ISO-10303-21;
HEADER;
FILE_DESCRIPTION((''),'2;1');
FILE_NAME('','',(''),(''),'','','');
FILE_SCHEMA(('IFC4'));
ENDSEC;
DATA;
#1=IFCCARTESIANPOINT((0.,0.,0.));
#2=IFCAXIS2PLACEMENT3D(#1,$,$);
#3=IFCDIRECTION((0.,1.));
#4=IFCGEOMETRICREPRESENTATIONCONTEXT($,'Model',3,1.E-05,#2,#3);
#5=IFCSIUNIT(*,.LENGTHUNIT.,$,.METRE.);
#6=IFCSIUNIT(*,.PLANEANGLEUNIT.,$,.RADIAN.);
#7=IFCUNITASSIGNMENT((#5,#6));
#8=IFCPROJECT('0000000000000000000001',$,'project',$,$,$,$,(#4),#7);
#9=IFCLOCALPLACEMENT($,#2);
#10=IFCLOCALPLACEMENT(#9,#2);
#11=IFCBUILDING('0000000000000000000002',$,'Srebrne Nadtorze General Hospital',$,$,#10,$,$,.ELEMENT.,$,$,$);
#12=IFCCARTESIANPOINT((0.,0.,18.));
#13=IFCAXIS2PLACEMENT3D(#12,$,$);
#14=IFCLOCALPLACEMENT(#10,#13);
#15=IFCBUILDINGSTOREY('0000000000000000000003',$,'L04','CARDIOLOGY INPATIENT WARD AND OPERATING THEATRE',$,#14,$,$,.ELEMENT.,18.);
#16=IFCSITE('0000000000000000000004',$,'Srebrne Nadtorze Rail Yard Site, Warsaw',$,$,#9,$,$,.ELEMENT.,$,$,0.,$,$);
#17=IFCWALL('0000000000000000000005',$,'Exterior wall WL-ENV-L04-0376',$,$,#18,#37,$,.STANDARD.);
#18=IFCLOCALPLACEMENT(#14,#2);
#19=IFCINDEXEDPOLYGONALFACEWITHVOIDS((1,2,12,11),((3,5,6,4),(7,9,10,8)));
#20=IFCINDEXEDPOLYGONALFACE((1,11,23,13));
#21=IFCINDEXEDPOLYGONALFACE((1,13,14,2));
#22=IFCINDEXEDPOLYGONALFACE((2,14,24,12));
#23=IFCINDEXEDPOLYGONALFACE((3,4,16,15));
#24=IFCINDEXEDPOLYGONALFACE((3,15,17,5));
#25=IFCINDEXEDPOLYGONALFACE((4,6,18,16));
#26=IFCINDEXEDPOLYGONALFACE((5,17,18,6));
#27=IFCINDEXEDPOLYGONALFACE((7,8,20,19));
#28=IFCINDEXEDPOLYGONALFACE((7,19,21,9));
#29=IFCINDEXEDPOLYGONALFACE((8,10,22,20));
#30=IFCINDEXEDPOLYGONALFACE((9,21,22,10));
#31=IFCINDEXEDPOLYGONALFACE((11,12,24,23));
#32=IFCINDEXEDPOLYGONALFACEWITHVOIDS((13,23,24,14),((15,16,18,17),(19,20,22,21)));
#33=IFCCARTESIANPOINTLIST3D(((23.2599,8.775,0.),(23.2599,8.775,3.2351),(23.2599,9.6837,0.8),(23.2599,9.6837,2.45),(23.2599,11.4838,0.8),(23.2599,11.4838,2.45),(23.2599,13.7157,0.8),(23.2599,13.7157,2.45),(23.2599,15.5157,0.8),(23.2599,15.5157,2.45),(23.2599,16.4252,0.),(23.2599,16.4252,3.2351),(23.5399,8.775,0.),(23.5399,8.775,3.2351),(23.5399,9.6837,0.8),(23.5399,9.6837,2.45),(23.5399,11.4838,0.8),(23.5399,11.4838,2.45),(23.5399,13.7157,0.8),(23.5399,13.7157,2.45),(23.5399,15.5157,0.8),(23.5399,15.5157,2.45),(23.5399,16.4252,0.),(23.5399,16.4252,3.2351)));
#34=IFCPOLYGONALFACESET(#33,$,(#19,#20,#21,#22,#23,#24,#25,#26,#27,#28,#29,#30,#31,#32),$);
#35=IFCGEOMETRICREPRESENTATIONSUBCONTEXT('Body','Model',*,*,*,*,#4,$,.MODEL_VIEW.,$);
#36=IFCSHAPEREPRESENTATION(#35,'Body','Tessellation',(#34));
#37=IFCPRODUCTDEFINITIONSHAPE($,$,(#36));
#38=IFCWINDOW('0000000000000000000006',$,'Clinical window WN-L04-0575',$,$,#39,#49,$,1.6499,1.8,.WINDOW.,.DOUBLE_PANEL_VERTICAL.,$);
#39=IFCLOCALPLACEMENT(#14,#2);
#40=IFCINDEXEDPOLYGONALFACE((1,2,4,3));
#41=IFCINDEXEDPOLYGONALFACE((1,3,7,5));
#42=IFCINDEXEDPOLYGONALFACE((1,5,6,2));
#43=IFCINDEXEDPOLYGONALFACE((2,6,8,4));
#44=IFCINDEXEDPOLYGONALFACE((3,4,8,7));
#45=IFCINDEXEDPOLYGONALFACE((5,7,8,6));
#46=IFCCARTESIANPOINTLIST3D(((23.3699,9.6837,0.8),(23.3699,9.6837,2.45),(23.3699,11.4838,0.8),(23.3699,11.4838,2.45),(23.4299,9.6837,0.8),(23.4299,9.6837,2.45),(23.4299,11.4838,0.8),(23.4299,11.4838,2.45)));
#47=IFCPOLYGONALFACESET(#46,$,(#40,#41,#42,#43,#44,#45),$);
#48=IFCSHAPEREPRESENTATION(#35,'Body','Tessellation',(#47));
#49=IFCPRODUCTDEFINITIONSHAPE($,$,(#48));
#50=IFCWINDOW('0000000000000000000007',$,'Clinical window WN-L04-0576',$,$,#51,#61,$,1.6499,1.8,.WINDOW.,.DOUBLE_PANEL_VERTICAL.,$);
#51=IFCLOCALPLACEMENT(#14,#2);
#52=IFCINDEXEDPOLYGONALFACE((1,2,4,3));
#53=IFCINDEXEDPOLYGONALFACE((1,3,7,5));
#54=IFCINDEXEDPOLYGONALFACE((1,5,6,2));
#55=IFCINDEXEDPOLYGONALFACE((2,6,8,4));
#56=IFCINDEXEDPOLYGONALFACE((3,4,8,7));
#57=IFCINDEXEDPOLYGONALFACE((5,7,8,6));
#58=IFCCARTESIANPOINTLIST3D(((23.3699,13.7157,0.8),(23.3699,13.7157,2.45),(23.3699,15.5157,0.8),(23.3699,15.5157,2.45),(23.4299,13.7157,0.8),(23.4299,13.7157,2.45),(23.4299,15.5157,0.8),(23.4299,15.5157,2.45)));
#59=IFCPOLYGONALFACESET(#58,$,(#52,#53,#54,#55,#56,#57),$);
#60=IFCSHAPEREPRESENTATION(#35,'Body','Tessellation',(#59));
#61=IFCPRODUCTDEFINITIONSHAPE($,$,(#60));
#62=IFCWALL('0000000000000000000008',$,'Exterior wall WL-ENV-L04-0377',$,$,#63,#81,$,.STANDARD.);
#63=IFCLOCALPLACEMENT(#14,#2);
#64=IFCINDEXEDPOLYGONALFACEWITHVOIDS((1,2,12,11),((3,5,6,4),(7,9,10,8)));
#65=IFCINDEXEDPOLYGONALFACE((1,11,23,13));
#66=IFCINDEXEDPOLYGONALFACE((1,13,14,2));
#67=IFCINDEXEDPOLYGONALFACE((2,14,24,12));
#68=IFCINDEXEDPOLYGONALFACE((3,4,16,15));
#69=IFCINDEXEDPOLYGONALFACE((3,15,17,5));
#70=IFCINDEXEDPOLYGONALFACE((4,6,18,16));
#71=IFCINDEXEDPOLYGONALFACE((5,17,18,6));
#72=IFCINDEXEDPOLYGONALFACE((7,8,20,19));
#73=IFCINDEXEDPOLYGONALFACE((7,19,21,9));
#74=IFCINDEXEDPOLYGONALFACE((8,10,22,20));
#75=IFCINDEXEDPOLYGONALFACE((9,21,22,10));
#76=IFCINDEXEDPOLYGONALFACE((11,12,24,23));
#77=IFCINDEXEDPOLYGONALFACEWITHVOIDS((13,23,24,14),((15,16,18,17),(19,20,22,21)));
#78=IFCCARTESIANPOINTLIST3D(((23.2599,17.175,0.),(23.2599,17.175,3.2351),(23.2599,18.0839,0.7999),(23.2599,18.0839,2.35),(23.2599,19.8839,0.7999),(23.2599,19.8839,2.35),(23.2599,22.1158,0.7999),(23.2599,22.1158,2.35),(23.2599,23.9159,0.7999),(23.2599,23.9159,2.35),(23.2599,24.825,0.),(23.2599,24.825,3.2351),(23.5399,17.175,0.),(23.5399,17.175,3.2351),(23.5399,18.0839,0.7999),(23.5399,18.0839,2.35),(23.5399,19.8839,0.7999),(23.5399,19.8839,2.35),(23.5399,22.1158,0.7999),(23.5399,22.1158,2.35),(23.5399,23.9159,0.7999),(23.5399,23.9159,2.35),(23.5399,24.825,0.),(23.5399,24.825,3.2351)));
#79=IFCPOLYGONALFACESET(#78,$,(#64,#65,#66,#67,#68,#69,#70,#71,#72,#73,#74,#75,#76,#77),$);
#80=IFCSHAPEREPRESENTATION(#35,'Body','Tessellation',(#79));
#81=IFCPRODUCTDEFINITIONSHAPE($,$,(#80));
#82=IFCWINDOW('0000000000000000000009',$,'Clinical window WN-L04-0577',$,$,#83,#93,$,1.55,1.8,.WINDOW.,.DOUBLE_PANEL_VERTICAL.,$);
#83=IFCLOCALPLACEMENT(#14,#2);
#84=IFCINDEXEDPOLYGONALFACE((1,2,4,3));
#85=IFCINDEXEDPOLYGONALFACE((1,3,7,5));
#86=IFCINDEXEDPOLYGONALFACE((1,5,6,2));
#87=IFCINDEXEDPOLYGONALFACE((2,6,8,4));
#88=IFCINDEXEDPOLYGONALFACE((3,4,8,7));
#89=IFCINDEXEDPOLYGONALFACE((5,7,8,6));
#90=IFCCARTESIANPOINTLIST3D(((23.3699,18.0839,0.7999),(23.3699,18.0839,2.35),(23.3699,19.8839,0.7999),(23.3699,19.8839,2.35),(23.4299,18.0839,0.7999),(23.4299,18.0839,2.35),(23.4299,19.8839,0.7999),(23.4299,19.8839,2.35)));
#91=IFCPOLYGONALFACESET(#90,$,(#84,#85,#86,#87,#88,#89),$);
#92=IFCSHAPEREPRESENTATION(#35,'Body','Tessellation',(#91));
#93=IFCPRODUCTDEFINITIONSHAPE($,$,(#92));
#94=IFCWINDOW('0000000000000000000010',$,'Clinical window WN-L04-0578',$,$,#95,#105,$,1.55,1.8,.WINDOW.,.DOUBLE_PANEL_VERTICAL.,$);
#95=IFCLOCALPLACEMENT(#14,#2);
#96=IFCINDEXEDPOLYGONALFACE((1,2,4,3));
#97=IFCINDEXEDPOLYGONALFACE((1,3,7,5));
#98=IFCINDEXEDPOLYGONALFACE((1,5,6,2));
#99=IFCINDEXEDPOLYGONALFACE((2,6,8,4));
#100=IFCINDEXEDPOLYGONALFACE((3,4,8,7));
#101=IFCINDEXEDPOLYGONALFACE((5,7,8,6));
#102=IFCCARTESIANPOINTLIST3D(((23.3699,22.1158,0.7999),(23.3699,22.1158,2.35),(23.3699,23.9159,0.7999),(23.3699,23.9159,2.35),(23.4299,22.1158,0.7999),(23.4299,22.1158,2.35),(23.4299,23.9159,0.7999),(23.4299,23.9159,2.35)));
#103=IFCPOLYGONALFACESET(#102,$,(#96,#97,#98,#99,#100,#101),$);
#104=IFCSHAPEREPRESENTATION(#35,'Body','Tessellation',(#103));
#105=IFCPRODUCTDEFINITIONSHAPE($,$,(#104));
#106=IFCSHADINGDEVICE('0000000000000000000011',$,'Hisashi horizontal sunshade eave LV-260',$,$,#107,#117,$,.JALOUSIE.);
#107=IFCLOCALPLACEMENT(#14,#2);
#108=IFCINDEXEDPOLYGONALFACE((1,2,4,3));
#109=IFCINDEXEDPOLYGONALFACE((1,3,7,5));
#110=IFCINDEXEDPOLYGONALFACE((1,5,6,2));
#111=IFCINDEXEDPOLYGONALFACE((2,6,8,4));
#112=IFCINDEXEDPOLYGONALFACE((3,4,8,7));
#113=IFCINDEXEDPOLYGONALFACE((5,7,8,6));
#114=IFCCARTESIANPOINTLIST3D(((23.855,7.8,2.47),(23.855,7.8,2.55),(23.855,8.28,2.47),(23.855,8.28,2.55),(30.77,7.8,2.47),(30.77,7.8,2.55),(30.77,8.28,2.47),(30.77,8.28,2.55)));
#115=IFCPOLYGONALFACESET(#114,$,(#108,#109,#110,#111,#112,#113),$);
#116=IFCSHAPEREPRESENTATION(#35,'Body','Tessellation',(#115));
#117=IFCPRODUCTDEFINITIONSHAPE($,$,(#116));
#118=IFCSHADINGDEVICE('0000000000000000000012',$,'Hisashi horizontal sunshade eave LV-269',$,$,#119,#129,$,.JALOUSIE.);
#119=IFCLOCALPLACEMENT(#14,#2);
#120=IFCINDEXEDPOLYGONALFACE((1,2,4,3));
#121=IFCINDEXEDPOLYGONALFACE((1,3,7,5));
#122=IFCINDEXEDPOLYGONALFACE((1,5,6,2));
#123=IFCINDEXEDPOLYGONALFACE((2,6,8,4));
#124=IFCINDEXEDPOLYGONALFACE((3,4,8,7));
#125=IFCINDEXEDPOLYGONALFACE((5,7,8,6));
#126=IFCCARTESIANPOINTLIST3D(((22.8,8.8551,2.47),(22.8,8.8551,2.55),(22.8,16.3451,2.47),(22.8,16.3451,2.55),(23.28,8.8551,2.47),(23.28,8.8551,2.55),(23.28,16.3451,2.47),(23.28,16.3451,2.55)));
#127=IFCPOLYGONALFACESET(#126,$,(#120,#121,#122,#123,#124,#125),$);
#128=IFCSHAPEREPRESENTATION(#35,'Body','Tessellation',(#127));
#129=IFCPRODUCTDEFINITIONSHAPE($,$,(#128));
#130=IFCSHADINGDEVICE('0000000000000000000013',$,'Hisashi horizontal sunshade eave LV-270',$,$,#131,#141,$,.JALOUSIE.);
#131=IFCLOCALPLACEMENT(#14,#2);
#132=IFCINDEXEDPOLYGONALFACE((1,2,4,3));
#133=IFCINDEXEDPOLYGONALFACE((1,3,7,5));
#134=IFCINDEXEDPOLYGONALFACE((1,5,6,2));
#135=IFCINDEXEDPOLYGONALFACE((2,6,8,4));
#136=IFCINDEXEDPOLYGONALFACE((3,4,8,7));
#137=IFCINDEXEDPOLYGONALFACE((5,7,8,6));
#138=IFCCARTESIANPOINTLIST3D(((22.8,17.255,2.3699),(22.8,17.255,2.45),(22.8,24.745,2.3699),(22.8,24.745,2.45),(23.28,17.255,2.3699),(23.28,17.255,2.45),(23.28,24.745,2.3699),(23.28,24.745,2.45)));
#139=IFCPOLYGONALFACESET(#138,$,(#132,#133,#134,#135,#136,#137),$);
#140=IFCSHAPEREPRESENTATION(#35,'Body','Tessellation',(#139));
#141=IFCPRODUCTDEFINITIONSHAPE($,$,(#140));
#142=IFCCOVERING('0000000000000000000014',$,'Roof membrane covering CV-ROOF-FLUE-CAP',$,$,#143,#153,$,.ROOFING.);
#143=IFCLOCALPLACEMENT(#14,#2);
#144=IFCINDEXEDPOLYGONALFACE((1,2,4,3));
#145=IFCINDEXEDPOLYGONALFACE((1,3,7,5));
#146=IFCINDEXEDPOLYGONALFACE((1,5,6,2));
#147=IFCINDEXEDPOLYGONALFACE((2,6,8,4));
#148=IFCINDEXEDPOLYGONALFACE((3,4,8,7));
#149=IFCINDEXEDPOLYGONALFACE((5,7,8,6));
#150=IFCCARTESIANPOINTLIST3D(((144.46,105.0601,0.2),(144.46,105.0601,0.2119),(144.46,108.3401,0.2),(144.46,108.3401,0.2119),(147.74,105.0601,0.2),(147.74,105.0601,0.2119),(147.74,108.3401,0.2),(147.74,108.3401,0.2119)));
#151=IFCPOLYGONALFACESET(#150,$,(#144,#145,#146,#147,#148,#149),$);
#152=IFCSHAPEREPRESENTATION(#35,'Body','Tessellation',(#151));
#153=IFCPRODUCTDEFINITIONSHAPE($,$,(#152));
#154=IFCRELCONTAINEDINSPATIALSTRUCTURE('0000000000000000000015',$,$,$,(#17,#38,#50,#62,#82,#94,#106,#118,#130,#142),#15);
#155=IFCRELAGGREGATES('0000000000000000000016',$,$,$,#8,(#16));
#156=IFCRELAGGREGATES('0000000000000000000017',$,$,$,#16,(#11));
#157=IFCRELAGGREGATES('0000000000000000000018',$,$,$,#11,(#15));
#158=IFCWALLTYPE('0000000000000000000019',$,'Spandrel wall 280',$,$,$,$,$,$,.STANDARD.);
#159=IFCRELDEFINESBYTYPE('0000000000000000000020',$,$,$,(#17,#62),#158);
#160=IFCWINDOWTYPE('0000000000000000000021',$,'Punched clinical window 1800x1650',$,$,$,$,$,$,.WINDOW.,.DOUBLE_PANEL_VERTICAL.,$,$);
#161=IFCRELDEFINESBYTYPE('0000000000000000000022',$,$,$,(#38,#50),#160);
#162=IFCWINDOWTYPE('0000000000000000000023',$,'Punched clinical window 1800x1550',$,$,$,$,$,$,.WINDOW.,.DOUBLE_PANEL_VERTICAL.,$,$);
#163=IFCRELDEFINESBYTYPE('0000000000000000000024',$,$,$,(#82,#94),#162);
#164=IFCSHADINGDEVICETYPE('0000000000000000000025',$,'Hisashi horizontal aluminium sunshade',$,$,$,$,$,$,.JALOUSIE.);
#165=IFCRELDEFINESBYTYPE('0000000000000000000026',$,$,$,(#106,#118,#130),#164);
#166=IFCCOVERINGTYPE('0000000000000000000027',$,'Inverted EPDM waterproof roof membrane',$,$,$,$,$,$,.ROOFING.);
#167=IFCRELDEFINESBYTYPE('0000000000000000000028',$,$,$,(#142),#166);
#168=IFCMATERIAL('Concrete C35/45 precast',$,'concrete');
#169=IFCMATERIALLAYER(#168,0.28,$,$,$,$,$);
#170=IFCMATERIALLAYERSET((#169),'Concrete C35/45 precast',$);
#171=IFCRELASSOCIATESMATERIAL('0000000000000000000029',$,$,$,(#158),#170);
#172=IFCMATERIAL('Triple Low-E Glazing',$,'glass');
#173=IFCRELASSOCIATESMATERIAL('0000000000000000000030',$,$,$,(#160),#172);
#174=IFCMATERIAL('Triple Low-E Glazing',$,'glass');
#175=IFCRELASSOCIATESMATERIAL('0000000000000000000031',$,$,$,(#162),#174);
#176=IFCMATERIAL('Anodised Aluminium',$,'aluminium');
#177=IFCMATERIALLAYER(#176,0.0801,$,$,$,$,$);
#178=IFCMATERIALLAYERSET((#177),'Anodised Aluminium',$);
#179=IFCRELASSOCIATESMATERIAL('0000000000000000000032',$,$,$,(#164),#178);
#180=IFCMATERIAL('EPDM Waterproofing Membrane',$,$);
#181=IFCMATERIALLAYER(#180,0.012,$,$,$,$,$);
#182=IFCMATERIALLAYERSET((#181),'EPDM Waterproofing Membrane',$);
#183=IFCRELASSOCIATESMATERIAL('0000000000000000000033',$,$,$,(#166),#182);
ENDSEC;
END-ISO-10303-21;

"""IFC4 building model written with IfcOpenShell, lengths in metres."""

from ifc_helpers import new_model, si_unit, direction, frame, frame_2d, origin, origin_2d, place, context, subcontext, project, spatial, polyline, rectangle, outline, extrude, material, layer, layer_set, type_object, element, fill, save


model = new_model("IFC4")

# Units and contexts
model_context = context("Model", 3, precision=1e-05, world=origin(), true_north=direction((0.0, 1.0)))
body_context = subcontext(model_context, "Body", "Model", "MODEL_VIEW")
ifc_project = project(units=[si_unit("LENGTHUNIT", "METRE"), si_unit("PLANEANGLEUNIT", "RADIAN")], contexts=[model_context])

# Site, building, storey
site_placement = place(None, origin())
site = spatial("IfcSite", under=ifc_project, at=site_placement, Name="Srebrne Nadtorze Rail Yard Site, Warsaw", CompositionType="ELEMENT", RefElevation=0.0)
building_placement = place(site_placement, origin())
building = spatial("IfcBuilding", under=site, at=building_placement, Name="Srebrne Nadtorze General Hospital", CompositionType="ELEMENT")
storey_placement = place(building_placement, frame((0.0, 0.0, 18.0)))
storey = spatial("IfcBuildingStorey", under=building, at=storey_placement, Name="L04", Description="CARDIOLOGY INPATIENT WARD AND OPERATING THEATRE", CompositionType="ELEMENT", Elevation=18.0)

# Walls, openings, windows
ifc_material_1 = material(Name="Concrete C35/45 precast", Category="concrete")
ifc_layer_1 = layer(ifc_material_1, 0.28)
ifc_layer_set_1 = layer_set([ifc_layer_1], Name="Concrete C35/45 precast")
wall_type = type_object("IfcWallType", Name="Spandrel wall 280", PredefinedType="STANDARD", material=ifc_layer_set_1)
ifc_material_2 = material(Name="Triple Low-E Glazing", Category="glass")
window_type_1 = type_object("IfcWindowType", Name="Punched clinical window 1800x1650", PartitioningType="DOUBLE_PANEL_VERTICAL", PredefinedType="WINDOW", material=ifc_material_2)
wall_1_placement = place(storey_placement, frame((23.3999, 8.7749, 0.0), z_axis=(0.0, 0.0, 1.0), x_axis=(0.0, 1.0, 0.0)))
wall_1 = element("IfcWall", 1, at=wall_1_placement, inside=storey, type_object=wall_type, Name="Exterior wall WL-ENV-L04-0376", PredefinedType="STANDARD", context=body_context, shape_type="SweptSolid", body=[
    extrude(rectangle(XDim=7.6501, YDim=0.28, at=frame_2d((3.8252, 0.0))), origin(), (0.0, 0.0, 1.0), 3.2351),
])
opening_1_placement = place(wall_1_placement, frame((0.9089, 0.0, 0.8)))
opening_1 = element("IfcOpeningElement", 2, at=opening_1_placement, cuts=wall_1, PredefinedType="OPENING", context=body_context, shape_type="SweptSolid", body=[
    extrude(rectangle(XDim=1.8, YDim=1.6499, at=frame_2d((0.8999, 0.825))), frame((0.0, 0.1519, 0.0), z_axis=(0.0, -1.0, 0.0), x_axis=(1.0, 0.0, 0.0)), (0.0, 0.0, 1.0), 0.304),
])
opening_2_placement = place(wall_1_placement, frame((4.9409, 0.0, 0.8)))
opening_2 = element("IfcOpeningElement", 3, at=opening_2_placement, cuts=wall_1, PredefinedType="OPENING", context=body_context, shape_type="SweptSolid", body=[
    extrude(rectangle(XDim=1.8, YDim=1.6499, at=frame_2d((0.8999, 0.825))), frame((0.0, 0.1519, 0.0), z_axis=(0.0, -1.0, 0.0), x_axis=(1.0, 0.0, 0.0)), (0.0, 0.0, 1.0), 0.304),
])
window_1_placement = place(opening_1_placement, origin())
window_1 = element("IfcWindow", 4, at=window_1_placement, inside=storey, type_object=window_type_1, Name="Clinical window WN-L04-0575", OverallHeight=1.6499, OverallWidth=1.8, PartitioningType="DOUBLE_PANEL_VERTICAL", PredefinedType="WINDOW", context=body_context, shape_type="SweptSolid", body=[
    extrude(rectangle(XDim=1.8, YDim=1.6499, at=frame_2d((0.8999, 0.825))), frame((0.0, 0.03, 0.0), z_axis=(0.0, -1.0, 0.0), x_axis=(1.0, 0.0, 0.0)), (0.0, 0.0, 1.0), 0.0601),
])
fill(opening_1, window_1)
window_2_placement = place(opening_2_placement, origin())
window_2 = element("IfcWindow", 5, at=window_2_placement, inside=storey, type_object=window_type_1, Name="Clinical window WN-L04-0576", OverallHeight=1.6499, OverallWidth=1.8, PartitioningType="DOUBLE_PANEL_VERTICAL", PredefinedType="WINDOW", context=body_context, shape_type="SweptSolid", body=[
    extrude(rectangle(XDim=1.8, YDim=1.6499, at=frame_2d((0.8999, 0.825))), frame((0.0, 0.03, 0.0), z_axis=(0.0, -1.0, 0.0), x_axis=(1.0, 0.0, 0.0)), (0.0, 0.0, 1.0), 0.0601),
])
fill(opening_2, window_2)
wall_2_placement = place(storey_placement, frame((23.3999, 17.175, 0.0), z_axis=(0.0, 0.0, 1.0), x_axis=(0.0, 1.0, 0.0)))
wall_2 = element("IfcWall", 6, at=wall_2_placement, inside=storey, type_object=wall_type, Name="Exterior wall WL-ENV-L04-0377", PredefinedType="STANDARD", context=body_context, shape_type="SweptSolid", body=[
    extrude(rectangle(XDim=7.6499, YDim=0.28, at=frame_2d((3.825, 0.0))), origin(), (0.0, 0.0, 1.0), 3.2351),
])
opening_3_placement = place(wall_2_placement, frame((0.9089, 0.0, 0.8)))
opening_3 = element("IfcOpeningElement", 7, at=opening_3_placement, cuts=wall_2, PredefinedType="OPENING", context=body_context, shape_type="SweptSolid", body=[
    extrude(rectangle(XDim=1.8, YDim=1.55, at=frame_2d((0.8999, 0.7749))), frame((0.0, 0.1519, 0.0), z_axis=(0.0, -1.0, 0.0), x_axis=(1.0, 0.0, 0.0)), (0.0, 0.0, 1.0), 0.304),
])
opening_4_placement = place(wall_2_placement, frame((4.9409, 0.0, 0.8)))
opening_4 = element("IfcOpeningElement", 8, at=opening_4_placement, cuts=wall_2, PredefinedType="OPENING", context=body_context, shape_type="SweptSolid", body=[
    extrude(rectangle(XDim=1.8, YDim=1.55, at=frame_2d((0.8999, 0.7749))), frame((0.0, 0.1519, 0.0), z_axis=(0.0, -1.0, 0.0), x_axis=(1.0, 0.0, 0.0)), (0.0, 0.0, 1.0), 0.304),
])
ifc_material_3 = material(Name="Triple Low-E Glazing", Category="glass")
window_type_2 = type_object("IfcWindowType", Name="Punched clinical window 1800x1550", PartitioningType="DOUBLE_PANEL_VERTICAL", PredefinedType="WINDOW", material=ifc_material_3)
window_3_placement = place(opening_3_placement, origin())
window_3 = element("IfcWindow", 9, at=window_3_placement, inside=storey, type_object=window_type_2, Name="Clinical window WN-L04-0577", OverallHeight=1.55, OverallWidth=1.8, PartitioningType="DOUBLE_PANEL_VERTICAL", PredefinedType="WINDOW", context=body_context, shape_type="SweptSolid", body=[
    extrude(rectangle(XDim=1.8, YDim=1.55, at=frame_2d((0.8999, 0.7749))), frame((0.0, 0.03, 0.0), z_axis=(0.0, -1.0, 0.0), x_axis=(1.0, 0.0, 0.0)), (0.0, 0.0, 1.0), 0.0601),
])
fill(opening_3, window_3)
window_4_placement = place(opening_4_placement, origin())
window_4 = element("IfcWindow", 10, at=window_4_placement, inside=storey, type_object=window_type_2, Name="Clinical window WN-L04-0578", OverallHeight=1.55, OverallWidth=1.8, PartitioningType="DOUBLE_PANEL_VERTICAL", PredefinedType="WINDOW", context=body_context, shape_type="SweptSolid", body=[
    extrude(rectangle(XDim=1.8, YDim=1.55, at=frame_2d((0.8999, 0.7749))), frame((0.0, 0.03, 0.0), z_axis=(0.0, -1.0, 0.0), x_axis=(1.0, 0.0, 0.0)), (0.0, 0.0, 1.0), 0.0601),
])
fill(opening_4, window_4)

# Shading devices
ifc_material_4 = material(Name="Anodised Aluminium", Category="aluminium")
ifc_layer_2 = layer(ifc_material_4, 0.0801)
ifc_layer_set_2 = layer_set([ifc_layer_2], Name="Anodised Aluminium")
shading_device_type = type_object("IfcShadingDeviceType", Name="Hisashi horizontal aluminium sunshade", PredefinedType="JALOUSIE", material=ifc_layer_set_2)
shading_device_placement = place(storey_placement, frame((27.3125, 8.04, 2.47), z_axis=(0.0, 0.0, 1.0), x_axis=(1.0, 0.0, 0.0)))
element("IfcShadingDevice", 11, at=shading_device_placement, inside=storey, type_object=shading_device_type, Name="Hisashi horizontal sunshade eave LV-260", PredefinedType="JALOUSIE", context=body_context, shape_type="SweptSolid", body=[
    extrude(rectangle(XDim=6.915, YDim=0.48, at=origin_2d()), origin(), (0.0, 0.0, 1.0), 0.0801),
])
for number, where, z_axis, x_axis, name in (
    (12, (23.04, 12.6001, 2.47), (0.0, 0.0, 1.0), (1.0, 0.0, 0.0), "Hisashi horizontal sunshade eave LV-269"),
    (13, (23.04, 21.0, 2.3699), (0.0, 0.0, 1.0), (1.0, 0.0, 0.0), "Hisashi horizontal sunshade eave LV-270"),
):
    element("IfcShadingDevice", number, at=place(storey_placement, frame(where, z_axis=z_axis, x_axis=x_axis)), inside=storey, type_object=shading_device_type, Name=name, PredefinedType="JALOUSIE", context=body_context, shape_type="SweptSolid", body=[
        extrude(rectangle(XDim=0.48, YDim=7.49, at=origin_2d()), origin(), (0.0, 0.0, 1.0), 0.0801),
    ])

# Covering
ifc_material_5 = material(Name="EPDM Waterproofing Membrane")
ifc_layer_3 = layer(ifc_material_5, 0.012)
ifc_layer_set_3 = layer_set([ifc_layer_3], Name="EPDM Waterproofing Membrane")
covering_type = type_object("IfcCoveringType", Name="Inverted EPDM waterproof roof membrane", PredefinedType="ROOFING", material=ifc_layer_set_3)
covering_placement = place(storey_placement, frame((0.0, 0.0, 0.2)))
element("IfcCovering", 14, at=covering_placement, inside=storey, type_object=covering_type, Name="Roof membrane covering CV-ROOF-FLUE-CAP", PredefinedType="ROOFING", context=body_context, shape_type="SweptSolid", body=[
    extrude(outline(polyline([(144.46, 105.0601), (147.74, 105.0601), (147.74, 108.3401), (144.46, 108.3401), (144.46, 105.0601)])), origin(), (0.0, 0.0, 1.0), 0.012),
])

save(model, "model.ifc")
